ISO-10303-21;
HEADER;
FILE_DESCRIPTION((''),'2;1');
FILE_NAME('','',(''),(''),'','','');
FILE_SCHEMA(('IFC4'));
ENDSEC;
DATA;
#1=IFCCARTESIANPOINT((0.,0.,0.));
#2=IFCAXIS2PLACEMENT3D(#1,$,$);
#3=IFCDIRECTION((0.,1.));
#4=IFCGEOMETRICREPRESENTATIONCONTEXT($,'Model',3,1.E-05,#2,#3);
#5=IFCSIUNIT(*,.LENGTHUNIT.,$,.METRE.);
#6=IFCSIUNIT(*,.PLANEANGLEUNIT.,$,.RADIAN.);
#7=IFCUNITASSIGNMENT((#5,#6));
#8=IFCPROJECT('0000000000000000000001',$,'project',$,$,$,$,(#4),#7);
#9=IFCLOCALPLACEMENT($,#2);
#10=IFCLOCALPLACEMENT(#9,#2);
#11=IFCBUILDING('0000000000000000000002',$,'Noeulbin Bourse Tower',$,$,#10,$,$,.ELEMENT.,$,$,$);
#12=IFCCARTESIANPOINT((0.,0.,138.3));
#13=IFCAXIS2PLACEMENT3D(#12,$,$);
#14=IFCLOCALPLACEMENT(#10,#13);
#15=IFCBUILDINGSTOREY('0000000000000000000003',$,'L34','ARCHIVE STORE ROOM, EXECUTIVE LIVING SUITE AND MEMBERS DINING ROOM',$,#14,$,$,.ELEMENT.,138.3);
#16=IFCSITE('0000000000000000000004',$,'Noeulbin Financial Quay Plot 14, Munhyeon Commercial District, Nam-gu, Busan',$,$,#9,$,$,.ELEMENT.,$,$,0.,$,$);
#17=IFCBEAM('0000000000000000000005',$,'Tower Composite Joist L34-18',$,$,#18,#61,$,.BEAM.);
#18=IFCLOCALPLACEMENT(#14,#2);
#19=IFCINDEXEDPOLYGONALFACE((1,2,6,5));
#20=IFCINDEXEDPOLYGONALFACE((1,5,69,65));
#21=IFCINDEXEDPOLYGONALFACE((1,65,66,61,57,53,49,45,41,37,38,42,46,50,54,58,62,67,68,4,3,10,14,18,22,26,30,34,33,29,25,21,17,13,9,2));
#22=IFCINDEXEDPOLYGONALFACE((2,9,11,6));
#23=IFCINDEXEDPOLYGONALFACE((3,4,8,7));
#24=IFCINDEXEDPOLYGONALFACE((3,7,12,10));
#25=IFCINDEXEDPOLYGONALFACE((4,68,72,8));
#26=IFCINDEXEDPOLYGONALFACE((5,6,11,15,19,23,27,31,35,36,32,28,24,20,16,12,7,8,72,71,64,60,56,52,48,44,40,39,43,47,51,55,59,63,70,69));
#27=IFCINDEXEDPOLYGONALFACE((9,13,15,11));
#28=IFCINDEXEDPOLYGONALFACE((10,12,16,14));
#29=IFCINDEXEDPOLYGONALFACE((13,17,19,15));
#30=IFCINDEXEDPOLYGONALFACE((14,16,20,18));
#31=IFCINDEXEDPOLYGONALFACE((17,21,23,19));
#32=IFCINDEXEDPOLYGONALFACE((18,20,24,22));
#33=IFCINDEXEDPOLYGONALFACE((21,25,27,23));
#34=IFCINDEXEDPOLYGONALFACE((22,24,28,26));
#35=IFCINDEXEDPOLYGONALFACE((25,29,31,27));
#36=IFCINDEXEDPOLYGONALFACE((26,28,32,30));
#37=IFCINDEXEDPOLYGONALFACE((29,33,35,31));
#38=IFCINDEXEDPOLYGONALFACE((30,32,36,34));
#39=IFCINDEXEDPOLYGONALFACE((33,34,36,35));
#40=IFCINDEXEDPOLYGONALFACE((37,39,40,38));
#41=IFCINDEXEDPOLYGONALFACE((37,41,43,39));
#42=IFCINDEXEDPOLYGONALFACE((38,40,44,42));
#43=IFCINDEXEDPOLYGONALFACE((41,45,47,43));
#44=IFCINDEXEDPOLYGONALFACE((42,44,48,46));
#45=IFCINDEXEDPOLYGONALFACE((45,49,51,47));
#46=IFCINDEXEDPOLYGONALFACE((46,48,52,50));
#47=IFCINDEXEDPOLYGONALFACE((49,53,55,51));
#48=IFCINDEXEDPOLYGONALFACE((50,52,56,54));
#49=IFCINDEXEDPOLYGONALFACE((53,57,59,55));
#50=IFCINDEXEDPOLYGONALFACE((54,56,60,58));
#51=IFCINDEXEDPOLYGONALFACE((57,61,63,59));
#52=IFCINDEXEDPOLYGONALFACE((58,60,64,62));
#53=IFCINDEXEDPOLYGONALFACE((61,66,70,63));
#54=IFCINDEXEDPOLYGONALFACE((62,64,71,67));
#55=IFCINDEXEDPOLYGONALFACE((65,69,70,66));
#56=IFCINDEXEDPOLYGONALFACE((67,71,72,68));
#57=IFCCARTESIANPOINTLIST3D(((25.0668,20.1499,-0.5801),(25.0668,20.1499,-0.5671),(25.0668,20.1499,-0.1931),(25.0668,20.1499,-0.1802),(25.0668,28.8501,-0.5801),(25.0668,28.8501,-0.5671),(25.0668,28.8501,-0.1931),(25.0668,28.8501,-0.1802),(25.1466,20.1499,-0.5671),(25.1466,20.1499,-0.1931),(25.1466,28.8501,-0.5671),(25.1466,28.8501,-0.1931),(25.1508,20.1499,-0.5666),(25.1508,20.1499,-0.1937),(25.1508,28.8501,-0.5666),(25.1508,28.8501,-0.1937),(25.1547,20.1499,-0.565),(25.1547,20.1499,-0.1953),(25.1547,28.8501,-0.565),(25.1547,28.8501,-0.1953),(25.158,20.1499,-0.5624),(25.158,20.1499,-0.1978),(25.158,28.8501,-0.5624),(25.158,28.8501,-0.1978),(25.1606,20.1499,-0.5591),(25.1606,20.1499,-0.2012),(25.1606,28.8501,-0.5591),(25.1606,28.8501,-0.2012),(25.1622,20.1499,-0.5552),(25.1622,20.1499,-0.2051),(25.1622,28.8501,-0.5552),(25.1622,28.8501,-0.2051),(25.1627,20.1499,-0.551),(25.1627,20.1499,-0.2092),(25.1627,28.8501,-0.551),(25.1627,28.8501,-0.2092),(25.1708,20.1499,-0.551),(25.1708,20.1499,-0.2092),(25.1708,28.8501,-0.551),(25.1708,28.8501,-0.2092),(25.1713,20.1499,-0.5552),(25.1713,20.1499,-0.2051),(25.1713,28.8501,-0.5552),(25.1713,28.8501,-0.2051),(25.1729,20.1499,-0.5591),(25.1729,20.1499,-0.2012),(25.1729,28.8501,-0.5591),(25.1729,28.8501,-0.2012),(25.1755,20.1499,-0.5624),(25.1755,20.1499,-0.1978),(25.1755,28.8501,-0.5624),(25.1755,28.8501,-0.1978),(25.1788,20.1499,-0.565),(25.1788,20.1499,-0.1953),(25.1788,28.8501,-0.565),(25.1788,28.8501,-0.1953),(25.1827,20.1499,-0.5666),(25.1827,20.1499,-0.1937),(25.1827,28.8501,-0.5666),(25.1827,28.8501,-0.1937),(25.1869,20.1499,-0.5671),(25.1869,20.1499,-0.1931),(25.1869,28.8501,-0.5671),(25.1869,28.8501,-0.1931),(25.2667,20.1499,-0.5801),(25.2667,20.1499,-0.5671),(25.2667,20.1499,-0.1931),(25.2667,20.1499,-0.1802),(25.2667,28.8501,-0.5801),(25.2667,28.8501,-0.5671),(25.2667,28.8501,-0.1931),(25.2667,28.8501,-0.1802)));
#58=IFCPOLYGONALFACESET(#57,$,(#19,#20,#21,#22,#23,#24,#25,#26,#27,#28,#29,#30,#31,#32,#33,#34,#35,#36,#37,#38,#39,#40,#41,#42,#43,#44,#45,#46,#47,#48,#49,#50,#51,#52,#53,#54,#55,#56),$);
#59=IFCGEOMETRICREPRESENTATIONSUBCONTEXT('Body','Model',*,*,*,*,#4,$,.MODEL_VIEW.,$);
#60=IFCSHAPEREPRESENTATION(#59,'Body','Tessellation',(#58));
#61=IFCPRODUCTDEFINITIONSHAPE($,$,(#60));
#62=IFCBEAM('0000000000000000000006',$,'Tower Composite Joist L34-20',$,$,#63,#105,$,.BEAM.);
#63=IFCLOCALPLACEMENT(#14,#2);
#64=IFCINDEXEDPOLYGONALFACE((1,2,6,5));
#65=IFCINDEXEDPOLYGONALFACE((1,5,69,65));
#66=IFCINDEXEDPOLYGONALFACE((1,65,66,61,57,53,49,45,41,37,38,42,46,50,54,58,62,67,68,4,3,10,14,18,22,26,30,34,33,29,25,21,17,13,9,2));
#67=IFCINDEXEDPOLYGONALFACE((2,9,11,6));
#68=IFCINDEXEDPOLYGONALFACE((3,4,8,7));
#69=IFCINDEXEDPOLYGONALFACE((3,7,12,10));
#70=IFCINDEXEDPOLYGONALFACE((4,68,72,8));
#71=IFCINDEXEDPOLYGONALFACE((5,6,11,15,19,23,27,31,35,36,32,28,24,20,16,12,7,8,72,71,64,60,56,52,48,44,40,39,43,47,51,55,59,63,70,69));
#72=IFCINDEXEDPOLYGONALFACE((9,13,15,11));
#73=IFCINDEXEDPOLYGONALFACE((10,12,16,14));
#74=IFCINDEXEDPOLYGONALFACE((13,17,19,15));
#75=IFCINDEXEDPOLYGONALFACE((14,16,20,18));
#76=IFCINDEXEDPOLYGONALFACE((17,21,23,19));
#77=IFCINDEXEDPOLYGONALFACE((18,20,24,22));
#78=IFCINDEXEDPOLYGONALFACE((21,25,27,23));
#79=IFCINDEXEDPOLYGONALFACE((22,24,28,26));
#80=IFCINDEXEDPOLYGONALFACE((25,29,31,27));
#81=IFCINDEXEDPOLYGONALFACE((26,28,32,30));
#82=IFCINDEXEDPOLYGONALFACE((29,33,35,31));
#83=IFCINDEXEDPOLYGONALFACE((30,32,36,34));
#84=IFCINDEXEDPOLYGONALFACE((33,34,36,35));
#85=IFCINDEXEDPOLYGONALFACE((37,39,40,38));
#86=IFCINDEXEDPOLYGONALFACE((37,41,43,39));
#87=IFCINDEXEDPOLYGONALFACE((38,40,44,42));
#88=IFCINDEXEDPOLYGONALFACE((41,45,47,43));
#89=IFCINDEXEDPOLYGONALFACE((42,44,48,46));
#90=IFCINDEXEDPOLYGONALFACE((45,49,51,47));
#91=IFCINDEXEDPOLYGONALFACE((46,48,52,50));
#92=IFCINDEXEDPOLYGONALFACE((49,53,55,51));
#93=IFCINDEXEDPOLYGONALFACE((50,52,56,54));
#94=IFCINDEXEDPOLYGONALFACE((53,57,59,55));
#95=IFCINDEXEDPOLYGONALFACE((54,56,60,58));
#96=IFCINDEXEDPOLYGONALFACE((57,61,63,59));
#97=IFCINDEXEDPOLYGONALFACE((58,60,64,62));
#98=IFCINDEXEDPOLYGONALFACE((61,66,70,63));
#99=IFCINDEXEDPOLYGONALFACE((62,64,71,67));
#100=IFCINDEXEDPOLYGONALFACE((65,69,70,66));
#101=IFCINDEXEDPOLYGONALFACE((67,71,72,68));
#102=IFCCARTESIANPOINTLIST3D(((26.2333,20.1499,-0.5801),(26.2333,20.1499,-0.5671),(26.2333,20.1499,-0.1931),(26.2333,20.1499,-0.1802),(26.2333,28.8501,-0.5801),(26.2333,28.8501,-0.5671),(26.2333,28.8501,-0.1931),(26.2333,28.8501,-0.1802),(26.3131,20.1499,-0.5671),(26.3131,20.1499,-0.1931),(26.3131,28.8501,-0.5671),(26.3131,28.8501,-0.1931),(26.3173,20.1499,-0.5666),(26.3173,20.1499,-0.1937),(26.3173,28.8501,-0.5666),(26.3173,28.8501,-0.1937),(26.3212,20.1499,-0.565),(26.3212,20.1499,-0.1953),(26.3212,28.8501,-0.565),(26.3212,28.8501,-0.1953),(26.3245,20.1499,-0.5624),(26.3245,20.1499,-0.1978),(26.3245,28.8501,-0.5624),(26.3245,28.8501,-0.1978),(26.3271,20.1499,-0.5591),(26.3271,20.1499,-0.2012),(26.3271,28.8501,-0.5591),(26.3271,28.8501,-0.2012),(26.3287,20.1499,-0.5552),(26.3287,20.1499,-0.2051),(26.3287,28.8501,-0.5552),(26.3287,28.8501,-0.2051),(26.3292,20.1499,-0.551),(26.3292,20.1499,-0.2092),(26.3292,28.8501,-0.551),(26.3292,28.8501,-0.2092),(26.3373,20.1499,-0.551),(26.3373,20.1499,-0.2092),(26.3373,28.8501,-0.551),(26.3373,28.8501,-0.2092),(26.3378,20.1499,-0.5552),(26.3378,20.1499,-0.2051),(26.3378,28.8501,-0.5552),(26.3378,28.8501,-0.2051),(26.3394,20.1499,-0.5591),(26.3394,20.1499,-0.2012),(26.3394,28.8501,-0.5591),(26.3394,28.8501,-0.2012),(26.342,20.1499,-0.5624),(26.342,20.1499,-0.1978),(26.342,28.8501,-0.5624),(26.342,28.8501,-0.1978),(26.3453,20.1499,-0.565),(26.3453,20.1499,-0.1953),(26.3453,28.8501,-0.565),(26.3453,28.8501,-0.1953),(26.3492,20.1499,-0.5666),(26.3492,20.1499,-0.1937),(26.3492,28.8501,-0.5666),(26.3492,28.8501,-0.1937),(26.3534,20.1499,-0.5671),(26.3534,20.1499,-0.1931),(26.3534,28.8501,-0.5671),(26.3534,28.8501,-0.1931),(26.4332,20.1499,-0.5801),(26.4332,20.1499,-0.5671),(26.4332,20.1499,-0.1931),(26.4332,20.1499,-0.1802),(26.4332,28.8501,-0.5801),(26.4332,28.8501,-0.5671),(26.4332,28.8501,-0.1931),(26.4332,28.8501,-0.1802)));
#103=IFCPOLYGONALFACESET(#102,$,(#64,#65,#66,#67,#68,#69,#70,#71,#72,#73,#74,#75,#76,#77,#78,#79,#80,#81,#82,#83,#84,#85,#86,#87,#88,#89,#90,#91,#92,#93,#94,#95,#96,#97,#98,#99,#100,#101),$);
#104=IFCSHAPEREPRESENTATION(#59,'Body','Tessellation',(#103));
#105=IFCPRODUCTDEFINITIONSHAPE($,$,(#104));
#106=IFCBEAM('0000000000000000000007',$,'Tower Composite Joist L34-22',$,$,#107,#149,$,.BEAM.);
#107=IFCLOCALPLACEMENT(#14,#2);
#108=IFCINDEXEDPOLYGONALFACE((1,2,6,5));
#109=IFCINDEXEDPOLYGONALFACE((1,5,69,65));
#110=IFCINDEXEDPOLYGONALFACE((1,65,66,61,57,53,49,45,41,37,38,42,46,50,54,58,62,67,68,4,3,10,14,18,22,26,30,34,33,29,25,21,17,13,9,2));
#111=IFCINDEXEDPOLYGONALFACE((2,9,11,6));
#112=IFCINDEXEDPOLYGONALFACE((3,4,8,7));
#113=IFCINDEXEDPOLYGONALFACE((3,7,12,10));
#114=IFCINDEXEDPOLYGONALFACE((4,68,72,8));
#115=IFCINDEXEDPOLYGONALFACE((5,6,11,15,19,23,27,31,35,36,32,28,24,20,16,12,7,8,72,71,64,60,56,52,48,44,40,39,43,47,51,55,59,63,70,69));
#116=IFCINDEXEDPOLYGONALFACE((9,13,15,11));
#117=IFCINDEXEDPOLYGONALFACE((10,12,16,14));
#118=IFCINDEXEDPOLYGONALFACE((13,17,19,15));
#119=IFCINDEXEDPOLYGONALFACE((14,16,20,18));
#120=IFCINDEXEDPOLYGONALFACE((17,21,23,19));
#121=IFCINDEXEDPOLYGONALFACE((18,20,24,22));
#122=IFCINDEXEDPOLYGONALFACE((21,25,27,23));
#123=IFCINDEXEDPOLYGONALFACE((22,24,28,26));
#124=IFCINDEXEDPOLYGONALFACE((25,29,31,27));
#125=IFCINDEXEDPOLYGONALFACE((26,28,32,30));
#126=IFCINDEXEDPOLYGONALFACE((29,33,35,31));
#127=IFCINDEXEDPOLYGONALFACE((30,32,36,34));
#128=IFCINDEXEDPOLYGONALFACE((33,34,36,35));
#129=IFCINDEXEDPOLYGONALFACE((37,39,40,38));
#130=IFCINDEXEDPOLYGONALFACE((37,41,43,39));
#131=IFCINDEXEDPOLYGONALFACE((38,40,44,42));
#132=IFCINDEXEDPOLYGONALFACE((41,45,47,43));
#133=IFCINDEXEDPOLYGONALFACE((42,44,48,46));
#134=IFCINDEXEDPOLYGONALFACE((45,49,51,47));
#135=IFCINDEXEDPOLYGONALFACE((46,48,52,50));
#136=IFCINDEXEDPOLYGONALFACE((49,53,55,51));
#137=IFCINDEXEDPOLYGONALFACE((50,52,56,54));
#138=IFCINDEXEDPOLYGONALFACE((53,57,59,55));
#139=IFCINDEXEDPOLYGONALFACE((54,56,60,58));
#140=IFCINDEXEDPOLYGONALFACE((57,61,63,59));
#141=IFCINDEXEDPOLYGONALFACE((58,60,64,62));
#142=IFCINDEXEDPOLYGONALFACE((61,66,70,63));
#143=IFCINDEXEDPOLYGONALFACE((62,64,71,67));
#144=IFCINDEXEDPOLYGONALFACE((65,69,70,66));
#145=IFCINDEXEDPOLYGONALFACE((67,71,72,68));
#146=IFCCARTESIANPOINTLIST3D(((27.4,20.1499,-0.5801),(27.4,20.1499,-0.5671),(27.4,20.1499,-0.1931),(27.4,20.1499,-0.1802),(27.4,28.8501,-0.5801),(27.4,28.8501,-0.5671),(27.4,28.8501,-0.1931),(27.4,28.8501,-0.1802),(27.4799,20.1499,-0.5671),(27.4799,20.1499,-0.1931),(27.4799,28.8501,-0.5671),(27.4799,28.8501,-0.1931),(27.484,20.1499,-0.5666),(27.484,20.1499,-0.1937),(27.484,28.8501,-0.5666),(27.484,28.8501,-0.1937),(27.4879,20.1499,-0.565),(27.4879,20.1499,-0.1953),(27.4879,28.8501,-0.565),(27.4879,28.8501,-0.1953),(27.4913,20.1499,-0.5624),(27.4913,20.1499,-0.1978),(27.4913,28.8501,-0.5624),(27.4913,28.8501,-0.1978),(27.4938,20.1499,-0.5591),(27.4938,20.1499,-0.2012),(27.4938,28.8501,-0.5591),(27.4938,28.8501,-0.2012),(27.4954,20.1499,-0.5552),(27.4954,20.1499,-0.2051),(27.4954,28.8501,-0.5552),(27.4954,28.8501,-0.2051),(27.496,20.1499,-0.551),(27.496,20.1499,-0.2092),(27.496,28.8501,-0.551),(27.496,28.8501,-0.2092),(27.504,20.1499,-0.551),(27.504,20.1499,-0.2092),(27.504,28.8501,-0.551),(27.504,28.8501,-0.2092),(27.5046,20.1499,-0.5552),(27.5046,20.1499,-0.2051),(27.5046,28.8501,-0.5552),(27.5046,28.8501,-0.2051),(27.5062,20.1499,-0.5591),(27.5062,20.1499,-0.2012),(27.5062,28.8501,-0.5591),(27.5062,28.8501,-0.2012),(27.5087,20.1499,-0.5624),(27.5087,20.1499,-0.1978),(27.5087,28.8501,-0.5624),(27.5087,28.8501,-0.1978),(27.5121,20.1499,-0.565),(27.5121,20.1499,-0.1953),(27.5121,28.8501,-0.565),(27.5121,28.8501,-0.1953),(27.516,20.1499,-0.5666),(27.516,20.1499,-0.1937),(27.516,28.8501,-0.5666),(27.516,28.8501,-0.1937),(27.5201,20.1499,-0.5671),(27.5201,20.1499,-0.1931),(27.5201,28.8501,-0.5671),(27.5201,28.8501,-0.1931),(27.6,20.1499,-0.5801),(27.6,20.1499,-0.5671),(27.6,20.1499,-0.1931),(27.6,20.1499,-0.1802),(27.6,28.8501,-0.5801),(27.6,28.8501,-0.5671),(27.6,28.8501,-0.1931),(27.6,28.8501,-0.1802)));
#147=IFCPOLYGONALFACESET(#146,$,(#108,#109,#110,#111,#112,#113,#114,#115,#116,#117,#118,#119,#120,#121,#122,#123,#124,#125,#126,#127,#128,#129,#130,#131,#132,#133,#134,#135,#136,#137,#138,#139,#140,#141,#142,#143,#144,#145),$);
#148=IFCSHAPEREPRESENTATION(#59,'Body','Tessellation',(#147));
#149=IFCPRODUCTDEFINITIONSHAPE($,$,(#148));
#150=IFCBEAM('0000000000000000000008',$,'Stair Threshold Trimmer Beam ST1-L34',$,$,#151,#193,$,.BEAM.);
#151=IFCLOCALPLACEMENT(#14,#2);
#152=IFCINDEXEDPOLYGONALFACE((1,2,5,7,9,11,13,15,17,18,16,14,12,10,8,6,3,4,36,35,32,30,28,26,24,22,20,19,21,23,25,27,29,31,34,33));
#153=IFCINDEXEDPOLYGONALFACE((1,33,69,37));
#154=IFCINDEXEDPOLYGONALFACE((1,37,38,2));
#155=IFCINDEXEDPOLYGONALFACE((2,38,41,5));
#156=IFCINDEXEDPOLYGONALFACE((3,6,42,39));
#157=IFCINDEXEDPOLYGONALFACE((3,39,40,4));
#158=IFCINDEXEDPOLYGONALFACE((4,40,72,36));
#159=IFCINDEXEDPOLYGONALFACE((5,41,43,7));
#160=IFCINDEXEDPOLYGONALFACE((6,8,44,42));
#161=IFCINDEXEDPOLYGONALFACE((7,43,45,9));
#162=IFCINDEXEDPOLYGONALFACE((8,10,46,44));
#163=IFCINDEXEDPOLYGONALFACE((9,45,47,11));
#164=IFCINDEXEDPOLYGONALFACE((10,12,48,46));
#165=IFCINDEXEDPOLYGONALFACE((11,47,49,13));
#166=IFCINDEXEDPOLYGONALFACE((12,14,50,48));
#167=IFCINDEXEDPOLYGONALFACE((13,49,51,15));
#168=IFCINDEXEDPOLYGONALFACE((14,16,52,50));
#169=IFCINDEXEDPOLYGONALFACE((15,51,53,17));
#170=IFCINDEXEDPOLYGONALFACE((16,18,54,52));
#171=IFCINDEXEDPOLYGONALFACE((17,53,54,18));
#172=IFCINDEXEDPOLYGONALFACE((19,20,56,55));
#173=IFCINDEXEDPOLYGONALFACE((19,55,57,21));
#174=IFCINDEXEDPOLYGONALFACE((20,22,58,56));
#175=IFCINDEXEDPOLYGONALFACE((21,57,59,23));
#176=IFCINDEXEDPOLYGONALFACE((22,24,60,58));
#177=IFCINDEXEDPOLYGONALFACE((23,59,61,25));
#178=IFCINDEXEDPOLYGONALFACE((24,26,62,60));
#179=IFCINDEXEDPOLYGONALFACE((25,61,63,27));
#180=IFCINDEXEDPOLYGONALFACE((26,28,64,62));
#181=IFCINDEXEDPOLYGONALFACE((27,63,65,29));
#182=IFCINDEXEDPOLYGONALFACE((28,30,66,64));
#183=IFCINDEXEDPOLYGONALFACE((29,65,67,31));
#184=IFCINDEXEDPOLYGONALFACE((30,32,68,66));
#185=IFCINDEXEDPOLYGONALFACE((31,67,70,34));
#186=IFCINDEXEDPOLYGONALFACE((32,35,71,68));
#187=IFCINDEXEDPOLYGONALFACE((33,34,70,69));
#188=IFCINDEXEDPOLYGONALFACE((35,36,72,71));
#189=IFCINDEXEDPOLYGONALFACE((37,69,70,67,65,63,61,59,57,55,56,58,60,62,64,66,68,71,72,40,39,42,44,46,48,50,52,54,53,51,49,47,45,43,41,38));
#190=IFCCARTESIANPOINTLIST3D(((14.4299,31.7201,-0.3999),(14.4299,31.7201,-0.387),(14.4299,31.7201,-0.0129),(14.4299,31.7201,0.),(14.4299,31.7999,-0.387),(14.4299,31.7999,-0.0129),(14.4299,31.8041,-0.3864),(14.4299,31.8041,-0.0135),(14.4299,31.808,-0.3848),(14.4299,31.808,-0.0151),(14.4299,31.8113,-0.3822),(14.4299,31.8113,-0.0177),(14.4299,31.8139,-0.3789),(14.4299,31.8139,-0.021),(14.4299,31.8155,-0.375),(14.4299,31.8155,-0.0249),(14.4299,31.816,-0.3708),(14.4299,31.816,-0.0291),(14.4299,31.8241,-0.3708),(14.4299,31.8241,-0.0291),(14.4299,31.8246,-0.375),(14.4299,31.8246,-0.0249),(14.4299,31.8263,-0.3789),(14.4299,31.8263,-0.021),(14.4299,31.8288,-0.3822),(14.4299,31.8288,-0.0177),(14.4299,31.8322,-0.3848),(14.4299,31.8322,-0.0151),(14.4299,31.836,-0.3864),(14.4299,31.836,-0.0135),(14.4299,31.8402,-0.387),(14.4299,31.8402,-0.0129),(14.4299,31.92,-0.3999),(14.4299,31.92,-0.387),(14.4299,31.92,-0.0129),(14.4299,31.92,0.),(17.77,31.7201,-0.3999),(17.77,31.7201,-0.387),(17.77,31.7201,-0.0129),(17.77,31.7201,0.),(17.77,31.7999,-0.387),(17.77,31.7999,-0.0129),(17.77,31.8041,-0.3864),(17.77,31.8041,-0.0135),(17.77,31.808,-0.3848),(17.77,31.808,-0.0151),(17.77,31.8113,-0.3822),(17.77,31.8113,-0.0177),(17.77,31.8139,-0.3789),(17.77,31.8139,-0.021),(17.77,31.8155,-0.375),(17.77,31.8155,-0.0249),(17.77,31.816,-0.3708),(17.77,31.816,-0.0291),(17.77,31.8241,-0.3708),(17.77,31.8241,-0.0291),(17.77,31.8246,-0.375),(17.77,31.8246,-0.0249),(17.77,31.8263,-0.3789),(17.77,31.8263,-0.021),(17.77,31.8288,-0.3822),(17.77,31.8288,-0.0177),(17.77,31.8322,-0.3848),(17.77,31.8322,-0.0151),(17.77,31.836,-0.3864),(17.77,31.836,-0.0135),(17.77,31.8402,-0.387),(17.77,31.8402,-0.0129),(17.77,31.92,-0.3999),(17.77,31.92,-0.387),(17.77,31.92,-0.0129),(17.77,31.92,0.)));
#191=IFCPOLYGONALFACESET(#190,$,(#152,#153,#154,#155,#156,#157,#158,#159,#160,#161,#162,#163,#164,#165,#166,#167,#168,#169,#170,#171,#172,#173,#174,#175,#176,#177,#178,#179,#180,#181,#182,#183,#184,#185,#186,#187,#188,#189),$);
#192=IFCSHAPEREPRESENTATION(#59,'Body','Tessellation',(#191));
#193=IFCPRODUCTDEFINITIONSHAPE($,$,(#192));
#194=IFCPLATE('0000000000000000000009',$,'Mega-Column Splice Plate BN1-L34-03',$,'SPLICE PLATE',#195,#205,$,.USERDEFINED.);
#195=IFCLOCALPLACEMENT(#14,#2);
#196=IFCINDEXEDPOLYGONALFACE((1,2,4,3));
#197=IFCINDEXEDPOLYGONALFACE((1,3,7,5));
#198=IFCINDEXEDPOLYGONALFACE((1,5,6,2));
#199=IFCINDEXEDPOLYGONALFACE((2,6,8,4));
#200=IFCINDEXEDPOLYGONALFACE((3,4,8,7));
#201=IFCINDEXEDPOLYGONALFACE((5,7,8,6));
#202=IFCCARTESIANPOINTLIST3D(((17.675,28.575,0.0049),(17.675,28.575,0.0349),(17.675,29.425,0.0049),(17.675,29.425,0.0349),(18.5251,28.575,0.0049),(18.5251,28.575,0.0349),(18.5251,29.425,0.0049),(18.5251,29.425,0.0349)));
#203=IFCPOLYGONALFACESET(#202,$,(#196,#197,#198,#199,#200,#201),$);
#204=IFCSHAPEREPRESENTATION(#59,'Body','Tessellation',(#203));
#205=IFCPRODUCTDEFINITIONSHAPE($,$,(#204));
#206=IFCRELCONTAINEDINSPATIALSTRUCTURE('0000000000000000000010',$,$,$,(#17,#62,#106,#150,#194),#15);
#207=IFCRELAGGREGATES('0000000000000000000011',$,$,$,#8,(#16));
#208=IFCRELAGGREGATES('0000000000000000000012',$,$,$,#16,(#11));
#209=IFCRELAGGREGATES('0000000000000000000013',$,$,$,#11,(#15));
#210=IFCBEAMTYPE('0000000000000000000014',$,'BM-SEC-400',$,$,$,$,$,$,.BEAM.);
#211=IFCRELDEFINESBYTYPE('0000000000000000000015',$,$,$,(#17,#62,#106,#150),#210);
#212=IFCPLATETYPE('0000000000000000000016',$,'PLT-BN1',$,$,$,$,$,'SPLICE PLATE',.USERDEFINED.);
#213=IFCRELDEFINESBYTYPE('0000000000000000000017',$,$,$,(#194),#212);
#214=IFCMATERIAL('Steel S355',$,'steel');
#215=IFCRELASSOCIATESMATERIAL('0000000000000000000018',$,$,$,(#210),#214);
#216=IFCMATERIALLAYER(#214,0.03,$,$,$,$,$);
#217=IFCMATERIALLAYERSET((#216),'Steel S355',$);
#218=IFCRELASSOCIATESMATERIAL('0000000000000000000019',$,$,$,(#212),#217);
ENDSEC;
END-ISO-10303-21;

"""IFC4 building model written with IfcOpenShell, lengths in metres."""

from ifc_helpers import new_model, si_unit, direction, frame, origin, origin_2d, place, context, subcontext, project, spatial, rectangle, i_section, extrude, material, layer, layer_set, material_profile, profile_set, type_object, element, save


model = new_model("IFC4")

# Units and contexts
model_context = context("Model", 3, precision=1e-05, world=origin(), true_north=direction((0.0, 1.0)))
body_context = subcontext(model_context, "Body", "Model", "MODEL_VIEW")
ifc_project = project(units=[si_unit("LENGTHUNIT", "METRE"), si_unit("PLANEANGLEUNIT", "RADIAN")], contexts=[model_context])

# Site, building, storey
site_placement = place(None, origin())
site = spatial("IfcSite", under=ifc_project, at=site_placement, Name="Noeulbin Financial Quay Plot 14, Munhyeon Commercial District, Nam-gu, Busan", CompositionType="ELEMENT", RefElevation=0.0)
building_placement = place(site_placement, origin())
building = spatial("IfcBuilding", under=site, at=building_placement, Name="Noeulbin Bourse Tower", CompositionType="ELEMENT")
storey_placement = place(building_placement, frame((0.0, 0.0, 138.3)))
storey = spatial("IfcBuildingStorey", under=building, at=storey_placement, Name="L34", Description="ARCHIVE STORE ROOM, EXECUTIVE LIVING SUITE AND MEMBERS DINING ROOM", CompositionType="ELEMENT", Elevation=138.3)

# Beams
ifc_material_1 = material(Name="Steel S355", Category="steel")
ifc_material_profile_1 = material_profile(ifc_material_1, i_section(OverallWidth=0.2, OverallDepth=0.3999, WebThickness=0.0081, FlangeThickness=0.0129, FilletRadius=0.0161, at=origin_2d()), Name="H-400x200x8x13", Category="LoadBearing")
ifc_profile_set_1 = profile_set([ifc_material_profile_1], Name="Steel S355")
beam_type = type_object("IfcBeamType", Name="BM-SEC-400", PredefinedType="BEAM", material=ifc_profile_set_1)
for number, where, z_axis, x_axis, name in (
    (1, (25.1667, 20.1499, -0.3801), (0.0, 1.0, 0.0), (-1.0, 0.0, 0.0), "Tower Composite Joist L34-18"),
    (2, (26.3333, 20.1499, -0.3801), (0.0, 1.0, 0.0), (-1.0, 0.0, 0.0), "Tower Composite Joist L34-20"),
    (3, (27.5, 20.1499, -0.3801), (0.0, 1.0, 0.0), (-1.0, 0.0, 0.0), "Tower Composite Joist L34-22"),
):
    element("IfcBeam", number, at=place(storey_placement, frame(where, z_axis=z_axis, x_axis=x_axis)), inside=storey, type_object=beam_type, Name=name, PredefinedType="BEAM", context=body_context, shape_type="SweptSolid", body=[
        extrude(i_section(OverallWidth=0.2, OverallDepth=0.3999, WebThickness=0.0081, FlangeThickness=0.0129, FilletRadius=0.0161, at=origin_2d()), origin(), (0.0, 0.0, 1.0), 8.7002),
    ])
beam_placement = place(storey_placement, frame((14.4299, 31.8201, -0.2), z_axis=(1.0, 0.0, 0.0), x_axis=(0.0, 1.0, 0.0)))
element("IfcBeam", 4, at=beam_placement, inside=storey, type_object=beam_type, Name="Stair Threshold Trimmer Beam ST1-L34", PredefinedType="BEAM", context=body_context, shape_type="SweptSolid", body=[
    extrude(i_section(OverallWidth=0.2, OverallDepth=0.3999, WebThickness=0.0081, FlangeThickness=0.0129, FilletRadius=0.0161, at=origin_2d()), origin(), (0.0, 0.0, 1.0), 3.3401),
])

# Plate
ifc_layer_1 = layer(ifc_material_1, 0.03)
ifc_layer_set_1 = layer_set([ifc_layer_1], Name="Steel S355")
plate_type = type_object("IfcPlateType", Name="PLT-BN1", ElementType="SPLICE PLATE", PredefinedType="USERDEFINED", material=ifc_layer_set_1)
for number, where, z_axis, x_axis, name in (
    (5, (18.1001, 29.0, 0.0049), (0.0, 0.0, 1.0), (1.0, 0.0, 0.0), "Mega-Column Splice Plate BN1-L34-03"),
):
    element("IfcPlate", number, at=place(storey_placement, frame(where, z_axis=z_axis, x_axis=x_axis)), inside=storey, type_object=plate_type, Name=name, ObjectType="SPLICE PLATE", PredefinedType="USERDEFINED", context=body_context, shape_type="SweptSolid", body=[
        extrude(rectangle(XDim=0.8501, YDim=0.8501, at=origin_2d()), origin(), (0.0, 0.0, 1.0), 0.03),
    ])

save(model, "model.ifc")
